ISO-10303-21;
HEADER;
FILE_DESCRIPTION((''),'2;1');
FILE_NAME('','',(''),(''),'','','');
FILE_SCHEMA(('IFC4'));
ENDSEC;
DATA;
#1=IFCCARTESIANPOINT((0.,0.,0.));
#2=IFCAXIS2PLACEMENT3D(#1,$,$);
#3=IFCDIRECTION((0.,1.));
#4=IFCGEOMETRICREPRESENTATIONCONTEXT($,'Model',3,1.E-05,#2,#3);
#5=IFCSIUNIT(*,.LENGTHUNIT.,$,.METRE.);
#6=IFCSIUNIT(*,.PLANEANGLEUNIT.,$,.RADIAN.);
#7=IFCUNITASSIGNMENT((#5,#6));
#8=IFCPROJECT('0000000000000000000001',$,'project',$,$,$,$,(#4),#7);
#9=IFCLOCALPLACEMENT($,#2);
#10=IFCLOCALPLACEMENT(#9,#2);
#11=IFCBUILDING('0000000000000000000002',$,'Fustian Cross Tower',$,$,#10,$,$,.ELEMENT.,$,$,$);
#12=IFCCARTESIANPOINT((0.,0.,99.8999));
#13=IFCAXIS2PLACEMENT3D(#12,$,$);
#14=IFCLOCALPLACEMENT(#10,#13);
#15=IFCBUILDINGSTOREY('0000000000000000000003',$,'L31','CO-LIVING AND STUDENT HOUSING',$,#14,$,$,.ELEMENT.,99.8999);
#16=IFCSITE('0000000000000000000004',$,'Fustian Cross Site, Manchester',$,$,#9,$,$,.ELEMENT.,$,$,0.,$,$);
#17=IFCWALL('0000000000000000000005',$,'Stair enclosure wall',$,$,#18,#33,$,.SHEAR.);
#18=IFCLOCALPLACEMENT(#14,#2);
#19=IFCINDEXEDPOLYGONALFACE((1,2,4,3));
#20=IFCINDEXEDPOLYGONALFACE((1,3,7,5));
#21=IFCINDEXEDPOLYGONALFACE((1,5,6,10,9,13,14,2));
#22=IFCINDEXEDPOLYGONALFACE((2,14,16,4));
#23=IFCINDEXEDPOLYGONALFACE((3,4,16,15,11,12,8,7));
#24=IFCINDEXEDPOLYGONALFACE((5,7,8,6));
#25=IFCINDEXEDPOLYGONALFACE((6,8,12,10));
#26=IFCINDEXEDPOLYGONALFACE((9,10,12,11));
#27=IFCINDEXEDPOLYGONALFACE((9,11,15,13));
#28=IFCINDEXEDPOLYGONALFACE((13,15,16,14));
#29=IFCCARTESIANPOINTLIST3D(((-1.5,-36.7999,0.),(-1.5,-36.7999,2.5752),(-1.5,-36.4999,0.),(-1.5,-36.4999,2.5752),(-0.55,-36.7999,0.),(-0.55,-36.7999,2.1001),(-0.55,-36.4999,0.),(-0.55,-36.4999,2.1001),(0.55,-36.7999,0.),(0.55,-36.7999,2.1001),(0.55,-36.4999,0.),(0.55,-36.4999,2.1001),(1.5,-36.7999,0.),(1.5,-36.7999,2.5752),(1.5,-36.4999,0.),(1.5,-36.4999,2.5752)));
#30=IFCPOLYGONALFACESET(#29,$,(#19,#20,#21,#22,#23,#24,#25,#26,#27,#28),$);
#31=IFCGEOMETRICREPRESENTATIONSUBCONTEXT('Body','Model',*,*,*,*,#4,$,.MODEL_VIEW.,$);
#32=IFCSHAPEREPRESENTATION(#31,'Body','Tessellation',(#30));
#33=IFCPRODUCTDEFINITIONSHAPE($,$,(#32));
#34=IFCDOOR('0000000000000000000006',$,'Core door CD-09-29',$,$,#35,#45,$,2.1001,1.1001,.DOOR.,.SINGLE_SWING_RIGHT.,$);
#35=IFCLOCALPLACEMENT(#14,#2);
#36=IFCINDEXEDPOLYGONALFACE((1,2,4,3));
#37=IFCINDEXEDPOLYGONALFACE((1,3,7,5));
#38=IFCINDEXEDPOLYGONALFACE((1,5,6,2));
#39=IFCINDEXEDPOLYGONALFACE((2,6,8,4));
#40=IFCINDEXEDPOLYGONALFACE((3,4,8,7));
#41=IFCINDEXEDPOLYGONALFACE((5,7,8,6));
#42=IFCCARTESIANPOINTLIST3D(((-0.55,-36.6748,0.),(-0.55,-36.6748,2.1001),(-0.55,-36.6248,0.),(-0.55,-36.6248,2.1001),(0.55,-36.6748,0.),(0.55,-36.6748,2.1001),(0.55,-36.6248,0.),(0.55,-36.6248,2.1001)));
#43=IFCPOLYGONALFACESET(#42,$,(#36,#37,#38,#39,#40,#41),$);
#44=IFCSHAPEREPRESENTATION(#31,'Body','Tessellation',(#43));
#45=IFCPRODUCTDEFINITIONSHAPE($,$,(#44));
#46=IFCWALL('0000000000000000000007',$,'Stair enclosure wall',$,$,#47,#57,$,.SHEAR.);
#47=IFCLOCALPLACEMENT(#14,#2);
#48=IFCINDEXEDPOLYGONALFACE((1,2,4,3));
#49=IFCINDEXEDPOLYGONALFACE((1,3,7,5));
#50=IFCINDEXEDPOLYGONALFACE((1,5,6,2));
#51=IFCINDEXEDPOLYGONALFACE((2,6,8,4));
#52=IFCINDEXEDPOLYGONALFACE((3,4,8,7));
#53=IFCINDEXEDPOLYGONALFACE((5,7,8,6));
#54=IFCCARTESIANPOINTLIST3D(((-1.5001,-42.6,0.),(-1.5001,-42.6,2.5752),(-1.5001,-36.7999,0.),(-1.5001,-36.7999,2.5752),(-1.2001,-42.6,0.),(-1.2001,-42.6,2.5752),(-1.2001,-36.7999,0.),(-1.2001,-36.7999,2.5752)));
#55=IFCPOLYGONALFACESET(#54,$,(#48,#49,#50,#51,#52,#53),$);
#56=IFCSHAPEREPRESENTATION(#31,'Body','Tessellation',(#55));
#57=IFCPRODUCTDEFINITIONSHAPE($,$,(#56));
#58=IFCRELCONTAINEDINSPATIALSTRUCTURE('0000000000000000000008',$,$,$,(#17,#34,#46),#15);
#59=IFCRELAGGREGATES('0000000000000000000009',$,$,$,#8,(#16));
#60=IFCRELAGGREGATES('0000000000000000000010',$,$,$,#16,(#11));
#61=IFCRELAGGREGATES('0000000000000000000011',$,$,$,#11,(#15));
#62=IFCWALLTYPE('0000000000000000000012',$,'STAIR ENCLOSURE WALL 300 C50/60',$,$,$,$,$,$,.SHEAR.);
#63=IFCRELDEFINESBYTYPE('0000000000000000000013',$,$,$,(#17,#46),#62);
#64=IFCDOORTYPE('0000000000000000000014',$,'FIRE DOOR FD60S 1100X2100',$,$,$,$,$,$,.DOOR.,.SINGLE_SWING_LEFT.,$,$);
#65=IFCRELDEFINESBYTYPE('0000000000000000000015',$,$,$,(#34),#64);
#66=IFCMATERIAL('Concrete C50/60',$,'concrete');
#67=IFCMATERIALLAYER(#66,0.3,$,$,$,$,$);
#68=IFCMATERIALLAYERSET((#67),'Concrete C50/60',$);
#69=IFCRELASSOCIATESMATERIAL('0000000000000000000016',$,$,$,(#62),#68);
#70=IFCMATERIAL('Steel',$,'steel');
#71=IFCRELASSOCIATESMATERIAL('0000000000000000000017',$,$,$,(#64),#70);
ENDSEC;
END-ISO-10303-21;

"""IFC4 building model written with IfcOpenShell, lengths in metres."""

from ifc_helpers import new_model, si_unit, direction, frame, frame_2d, origin, place, context, subcontext, project, spatial, rectangle, extrude, material, layer, layer_set, type_object, element, fill, save


model = new_model("IFC4")

# Units and contexts
model_context = context("Model", 3, precision=1e-05, world=origin(), true_north=direction((0.0, 1.0)))
body_context = subcontext(model_context, "Body", "Model", "MODEL_VIEW")
ifc_project = project(units=[si_unit("LENGTHUNIT", "METRE"), si_unit("PLANEANGLEUNIT", "RADIAN")], contexts=[model_context])

# Site, building, storey
site_placement = place(None, origin())
site = spatial("IfcSite", under=ifc_project, at=site_placement, Name="Fustian Cross Site, Manchester", CompositionType="ELEMENT", RefElevation=0.0)
building_placement = place(site_placement, origin())
building = spatial("IfcBuilding", under=site, at=building_placement, Name="Fustian Cross Tower", CompositionType="ELEMENT")
storey_placement = place(building_placement, frame((0.0, 0.0, 99.8999)))
storey = spatial("IfcBuildingStorey", under=building, at=storey_placement, Name="L31", Description="CO-LIVING AND STUDENT HOUSING", CompositionType="ELEMENT", Elevation=99.8999)

# Wall, opening, door
ifc_material_1 = material(Name="Concrete C50/60", Category="concrete")
ifc_layer_1 = layer(ifc_material_1, 0.3)
ifc_layer_set_1 = layer_set([ifc_layer_1], Name="Concrete C50/60")
wall_type_1 = type_object("IfcWallType", Name="STAIR ENCLOSURE WALL 300 C50/60", PredefinedType="SHEAR", material=ifc_layer_set_1)
wall_1_placement = place(storey_placement, frame((-1.5, -36.6499, 0.0), z_axis=(0.0, 0.0, 1.0), x_axis=(1.0, 0.0, 0.0)))
wall_1 = element("IfcWall", 1, at=wall_1_placement, inside=storey, type_object=wall_type_1, Name="Stair enclosure wall", PredefinedType="SHEAR", context=body_context, shape_type="SweptSolid", body=[
    extrude(rectangle(XDim=3.0, YDim=0.3, at=frame_2d((1.5, 0.0))), origin(), (0.0, 0.0, 1.0), 2.5752),
])
opening_1_placement = place(wall_1_placement, frame((0.95, 0.0, 0.0)))
opening_1 = element("IfcOpeningElement", 2, at=opening_1_placement, cuts=wall_1, PredefinedType="OPENING", context=body_context, shape_type="SweptSolid", body=[
    extrude(rectangle(XDim=1.1001, YDim=2.1001, at=frame_2d((0.55, 1.05))), frame((0.0, 0.1599, 0.0), z_axis=(0.0, -1.0, 0.0), x_axis=(1.0, 0.0, 0.0)), (0.0, 0.0, 1.0), 0.3201),
])
ifc_material_2 = material(Name="Steel", Category="steel")
door_type_1 = type_object("IfcDoorType", Name="FIRE DOOR FD60S 1100X2100", OperationType="SINGLE_SWING_LEFT", PredefinedType="DOOR", material=ifc_material_2)
door_1_placement = place(opening_1_placement, frame((1.1001, 0.0, 0.0), z_axis=(0.0, 0.0, 1.0), x_axis=(-1.0, 0.0, 0.0)))
door_1 = element("IfcDoor", 3, at=door_1_placement, inside=storey, type_object=door_type_1, Name="Core door CD-09-29", OperationType="SINGLE_SWING_RIGHT", OverallHeight=2.1001, OverallWidth=1.1001, PredefinedType="DOOR", context=body_context, shape_type="SweptSolid", body=[
    extrude(rectangle(XDim=1.1001, YDim=2.1001, at=frame_2d((0.55, 1.05))), frame((0.0, 0.0249, 0.0), z_axis=(0.0, -1.0, 0.0), x_axis=(1.0, 0.0, 0.0)), (0.0, 0.0, 1.0), 0.05),
])
fill(opening_1, door_1)

# Wall
wall_2_placement = place(storey_placement, frame((-1.3501, -36.8, 0.0), z_axis=(0.0, 0.0, 1.0), x_axis=(0.0, -1.0, 0.0)))
element("IfcWall", 4, at=wall_2_placement, inside=storey, type_object=wall_type_1, Name="Stair enclosure wall", PredefinedType="SHEAR", context=body_context, shape_type="SweptSolid", body=[
    extrude(rectangle(XDim=5.8, YDim=0.3, at=frame_2d((2.8999, 0.0))), origin(), (0.0, 0.0, 1.0), 2.5752),
])

save(model, "model.ifc")
